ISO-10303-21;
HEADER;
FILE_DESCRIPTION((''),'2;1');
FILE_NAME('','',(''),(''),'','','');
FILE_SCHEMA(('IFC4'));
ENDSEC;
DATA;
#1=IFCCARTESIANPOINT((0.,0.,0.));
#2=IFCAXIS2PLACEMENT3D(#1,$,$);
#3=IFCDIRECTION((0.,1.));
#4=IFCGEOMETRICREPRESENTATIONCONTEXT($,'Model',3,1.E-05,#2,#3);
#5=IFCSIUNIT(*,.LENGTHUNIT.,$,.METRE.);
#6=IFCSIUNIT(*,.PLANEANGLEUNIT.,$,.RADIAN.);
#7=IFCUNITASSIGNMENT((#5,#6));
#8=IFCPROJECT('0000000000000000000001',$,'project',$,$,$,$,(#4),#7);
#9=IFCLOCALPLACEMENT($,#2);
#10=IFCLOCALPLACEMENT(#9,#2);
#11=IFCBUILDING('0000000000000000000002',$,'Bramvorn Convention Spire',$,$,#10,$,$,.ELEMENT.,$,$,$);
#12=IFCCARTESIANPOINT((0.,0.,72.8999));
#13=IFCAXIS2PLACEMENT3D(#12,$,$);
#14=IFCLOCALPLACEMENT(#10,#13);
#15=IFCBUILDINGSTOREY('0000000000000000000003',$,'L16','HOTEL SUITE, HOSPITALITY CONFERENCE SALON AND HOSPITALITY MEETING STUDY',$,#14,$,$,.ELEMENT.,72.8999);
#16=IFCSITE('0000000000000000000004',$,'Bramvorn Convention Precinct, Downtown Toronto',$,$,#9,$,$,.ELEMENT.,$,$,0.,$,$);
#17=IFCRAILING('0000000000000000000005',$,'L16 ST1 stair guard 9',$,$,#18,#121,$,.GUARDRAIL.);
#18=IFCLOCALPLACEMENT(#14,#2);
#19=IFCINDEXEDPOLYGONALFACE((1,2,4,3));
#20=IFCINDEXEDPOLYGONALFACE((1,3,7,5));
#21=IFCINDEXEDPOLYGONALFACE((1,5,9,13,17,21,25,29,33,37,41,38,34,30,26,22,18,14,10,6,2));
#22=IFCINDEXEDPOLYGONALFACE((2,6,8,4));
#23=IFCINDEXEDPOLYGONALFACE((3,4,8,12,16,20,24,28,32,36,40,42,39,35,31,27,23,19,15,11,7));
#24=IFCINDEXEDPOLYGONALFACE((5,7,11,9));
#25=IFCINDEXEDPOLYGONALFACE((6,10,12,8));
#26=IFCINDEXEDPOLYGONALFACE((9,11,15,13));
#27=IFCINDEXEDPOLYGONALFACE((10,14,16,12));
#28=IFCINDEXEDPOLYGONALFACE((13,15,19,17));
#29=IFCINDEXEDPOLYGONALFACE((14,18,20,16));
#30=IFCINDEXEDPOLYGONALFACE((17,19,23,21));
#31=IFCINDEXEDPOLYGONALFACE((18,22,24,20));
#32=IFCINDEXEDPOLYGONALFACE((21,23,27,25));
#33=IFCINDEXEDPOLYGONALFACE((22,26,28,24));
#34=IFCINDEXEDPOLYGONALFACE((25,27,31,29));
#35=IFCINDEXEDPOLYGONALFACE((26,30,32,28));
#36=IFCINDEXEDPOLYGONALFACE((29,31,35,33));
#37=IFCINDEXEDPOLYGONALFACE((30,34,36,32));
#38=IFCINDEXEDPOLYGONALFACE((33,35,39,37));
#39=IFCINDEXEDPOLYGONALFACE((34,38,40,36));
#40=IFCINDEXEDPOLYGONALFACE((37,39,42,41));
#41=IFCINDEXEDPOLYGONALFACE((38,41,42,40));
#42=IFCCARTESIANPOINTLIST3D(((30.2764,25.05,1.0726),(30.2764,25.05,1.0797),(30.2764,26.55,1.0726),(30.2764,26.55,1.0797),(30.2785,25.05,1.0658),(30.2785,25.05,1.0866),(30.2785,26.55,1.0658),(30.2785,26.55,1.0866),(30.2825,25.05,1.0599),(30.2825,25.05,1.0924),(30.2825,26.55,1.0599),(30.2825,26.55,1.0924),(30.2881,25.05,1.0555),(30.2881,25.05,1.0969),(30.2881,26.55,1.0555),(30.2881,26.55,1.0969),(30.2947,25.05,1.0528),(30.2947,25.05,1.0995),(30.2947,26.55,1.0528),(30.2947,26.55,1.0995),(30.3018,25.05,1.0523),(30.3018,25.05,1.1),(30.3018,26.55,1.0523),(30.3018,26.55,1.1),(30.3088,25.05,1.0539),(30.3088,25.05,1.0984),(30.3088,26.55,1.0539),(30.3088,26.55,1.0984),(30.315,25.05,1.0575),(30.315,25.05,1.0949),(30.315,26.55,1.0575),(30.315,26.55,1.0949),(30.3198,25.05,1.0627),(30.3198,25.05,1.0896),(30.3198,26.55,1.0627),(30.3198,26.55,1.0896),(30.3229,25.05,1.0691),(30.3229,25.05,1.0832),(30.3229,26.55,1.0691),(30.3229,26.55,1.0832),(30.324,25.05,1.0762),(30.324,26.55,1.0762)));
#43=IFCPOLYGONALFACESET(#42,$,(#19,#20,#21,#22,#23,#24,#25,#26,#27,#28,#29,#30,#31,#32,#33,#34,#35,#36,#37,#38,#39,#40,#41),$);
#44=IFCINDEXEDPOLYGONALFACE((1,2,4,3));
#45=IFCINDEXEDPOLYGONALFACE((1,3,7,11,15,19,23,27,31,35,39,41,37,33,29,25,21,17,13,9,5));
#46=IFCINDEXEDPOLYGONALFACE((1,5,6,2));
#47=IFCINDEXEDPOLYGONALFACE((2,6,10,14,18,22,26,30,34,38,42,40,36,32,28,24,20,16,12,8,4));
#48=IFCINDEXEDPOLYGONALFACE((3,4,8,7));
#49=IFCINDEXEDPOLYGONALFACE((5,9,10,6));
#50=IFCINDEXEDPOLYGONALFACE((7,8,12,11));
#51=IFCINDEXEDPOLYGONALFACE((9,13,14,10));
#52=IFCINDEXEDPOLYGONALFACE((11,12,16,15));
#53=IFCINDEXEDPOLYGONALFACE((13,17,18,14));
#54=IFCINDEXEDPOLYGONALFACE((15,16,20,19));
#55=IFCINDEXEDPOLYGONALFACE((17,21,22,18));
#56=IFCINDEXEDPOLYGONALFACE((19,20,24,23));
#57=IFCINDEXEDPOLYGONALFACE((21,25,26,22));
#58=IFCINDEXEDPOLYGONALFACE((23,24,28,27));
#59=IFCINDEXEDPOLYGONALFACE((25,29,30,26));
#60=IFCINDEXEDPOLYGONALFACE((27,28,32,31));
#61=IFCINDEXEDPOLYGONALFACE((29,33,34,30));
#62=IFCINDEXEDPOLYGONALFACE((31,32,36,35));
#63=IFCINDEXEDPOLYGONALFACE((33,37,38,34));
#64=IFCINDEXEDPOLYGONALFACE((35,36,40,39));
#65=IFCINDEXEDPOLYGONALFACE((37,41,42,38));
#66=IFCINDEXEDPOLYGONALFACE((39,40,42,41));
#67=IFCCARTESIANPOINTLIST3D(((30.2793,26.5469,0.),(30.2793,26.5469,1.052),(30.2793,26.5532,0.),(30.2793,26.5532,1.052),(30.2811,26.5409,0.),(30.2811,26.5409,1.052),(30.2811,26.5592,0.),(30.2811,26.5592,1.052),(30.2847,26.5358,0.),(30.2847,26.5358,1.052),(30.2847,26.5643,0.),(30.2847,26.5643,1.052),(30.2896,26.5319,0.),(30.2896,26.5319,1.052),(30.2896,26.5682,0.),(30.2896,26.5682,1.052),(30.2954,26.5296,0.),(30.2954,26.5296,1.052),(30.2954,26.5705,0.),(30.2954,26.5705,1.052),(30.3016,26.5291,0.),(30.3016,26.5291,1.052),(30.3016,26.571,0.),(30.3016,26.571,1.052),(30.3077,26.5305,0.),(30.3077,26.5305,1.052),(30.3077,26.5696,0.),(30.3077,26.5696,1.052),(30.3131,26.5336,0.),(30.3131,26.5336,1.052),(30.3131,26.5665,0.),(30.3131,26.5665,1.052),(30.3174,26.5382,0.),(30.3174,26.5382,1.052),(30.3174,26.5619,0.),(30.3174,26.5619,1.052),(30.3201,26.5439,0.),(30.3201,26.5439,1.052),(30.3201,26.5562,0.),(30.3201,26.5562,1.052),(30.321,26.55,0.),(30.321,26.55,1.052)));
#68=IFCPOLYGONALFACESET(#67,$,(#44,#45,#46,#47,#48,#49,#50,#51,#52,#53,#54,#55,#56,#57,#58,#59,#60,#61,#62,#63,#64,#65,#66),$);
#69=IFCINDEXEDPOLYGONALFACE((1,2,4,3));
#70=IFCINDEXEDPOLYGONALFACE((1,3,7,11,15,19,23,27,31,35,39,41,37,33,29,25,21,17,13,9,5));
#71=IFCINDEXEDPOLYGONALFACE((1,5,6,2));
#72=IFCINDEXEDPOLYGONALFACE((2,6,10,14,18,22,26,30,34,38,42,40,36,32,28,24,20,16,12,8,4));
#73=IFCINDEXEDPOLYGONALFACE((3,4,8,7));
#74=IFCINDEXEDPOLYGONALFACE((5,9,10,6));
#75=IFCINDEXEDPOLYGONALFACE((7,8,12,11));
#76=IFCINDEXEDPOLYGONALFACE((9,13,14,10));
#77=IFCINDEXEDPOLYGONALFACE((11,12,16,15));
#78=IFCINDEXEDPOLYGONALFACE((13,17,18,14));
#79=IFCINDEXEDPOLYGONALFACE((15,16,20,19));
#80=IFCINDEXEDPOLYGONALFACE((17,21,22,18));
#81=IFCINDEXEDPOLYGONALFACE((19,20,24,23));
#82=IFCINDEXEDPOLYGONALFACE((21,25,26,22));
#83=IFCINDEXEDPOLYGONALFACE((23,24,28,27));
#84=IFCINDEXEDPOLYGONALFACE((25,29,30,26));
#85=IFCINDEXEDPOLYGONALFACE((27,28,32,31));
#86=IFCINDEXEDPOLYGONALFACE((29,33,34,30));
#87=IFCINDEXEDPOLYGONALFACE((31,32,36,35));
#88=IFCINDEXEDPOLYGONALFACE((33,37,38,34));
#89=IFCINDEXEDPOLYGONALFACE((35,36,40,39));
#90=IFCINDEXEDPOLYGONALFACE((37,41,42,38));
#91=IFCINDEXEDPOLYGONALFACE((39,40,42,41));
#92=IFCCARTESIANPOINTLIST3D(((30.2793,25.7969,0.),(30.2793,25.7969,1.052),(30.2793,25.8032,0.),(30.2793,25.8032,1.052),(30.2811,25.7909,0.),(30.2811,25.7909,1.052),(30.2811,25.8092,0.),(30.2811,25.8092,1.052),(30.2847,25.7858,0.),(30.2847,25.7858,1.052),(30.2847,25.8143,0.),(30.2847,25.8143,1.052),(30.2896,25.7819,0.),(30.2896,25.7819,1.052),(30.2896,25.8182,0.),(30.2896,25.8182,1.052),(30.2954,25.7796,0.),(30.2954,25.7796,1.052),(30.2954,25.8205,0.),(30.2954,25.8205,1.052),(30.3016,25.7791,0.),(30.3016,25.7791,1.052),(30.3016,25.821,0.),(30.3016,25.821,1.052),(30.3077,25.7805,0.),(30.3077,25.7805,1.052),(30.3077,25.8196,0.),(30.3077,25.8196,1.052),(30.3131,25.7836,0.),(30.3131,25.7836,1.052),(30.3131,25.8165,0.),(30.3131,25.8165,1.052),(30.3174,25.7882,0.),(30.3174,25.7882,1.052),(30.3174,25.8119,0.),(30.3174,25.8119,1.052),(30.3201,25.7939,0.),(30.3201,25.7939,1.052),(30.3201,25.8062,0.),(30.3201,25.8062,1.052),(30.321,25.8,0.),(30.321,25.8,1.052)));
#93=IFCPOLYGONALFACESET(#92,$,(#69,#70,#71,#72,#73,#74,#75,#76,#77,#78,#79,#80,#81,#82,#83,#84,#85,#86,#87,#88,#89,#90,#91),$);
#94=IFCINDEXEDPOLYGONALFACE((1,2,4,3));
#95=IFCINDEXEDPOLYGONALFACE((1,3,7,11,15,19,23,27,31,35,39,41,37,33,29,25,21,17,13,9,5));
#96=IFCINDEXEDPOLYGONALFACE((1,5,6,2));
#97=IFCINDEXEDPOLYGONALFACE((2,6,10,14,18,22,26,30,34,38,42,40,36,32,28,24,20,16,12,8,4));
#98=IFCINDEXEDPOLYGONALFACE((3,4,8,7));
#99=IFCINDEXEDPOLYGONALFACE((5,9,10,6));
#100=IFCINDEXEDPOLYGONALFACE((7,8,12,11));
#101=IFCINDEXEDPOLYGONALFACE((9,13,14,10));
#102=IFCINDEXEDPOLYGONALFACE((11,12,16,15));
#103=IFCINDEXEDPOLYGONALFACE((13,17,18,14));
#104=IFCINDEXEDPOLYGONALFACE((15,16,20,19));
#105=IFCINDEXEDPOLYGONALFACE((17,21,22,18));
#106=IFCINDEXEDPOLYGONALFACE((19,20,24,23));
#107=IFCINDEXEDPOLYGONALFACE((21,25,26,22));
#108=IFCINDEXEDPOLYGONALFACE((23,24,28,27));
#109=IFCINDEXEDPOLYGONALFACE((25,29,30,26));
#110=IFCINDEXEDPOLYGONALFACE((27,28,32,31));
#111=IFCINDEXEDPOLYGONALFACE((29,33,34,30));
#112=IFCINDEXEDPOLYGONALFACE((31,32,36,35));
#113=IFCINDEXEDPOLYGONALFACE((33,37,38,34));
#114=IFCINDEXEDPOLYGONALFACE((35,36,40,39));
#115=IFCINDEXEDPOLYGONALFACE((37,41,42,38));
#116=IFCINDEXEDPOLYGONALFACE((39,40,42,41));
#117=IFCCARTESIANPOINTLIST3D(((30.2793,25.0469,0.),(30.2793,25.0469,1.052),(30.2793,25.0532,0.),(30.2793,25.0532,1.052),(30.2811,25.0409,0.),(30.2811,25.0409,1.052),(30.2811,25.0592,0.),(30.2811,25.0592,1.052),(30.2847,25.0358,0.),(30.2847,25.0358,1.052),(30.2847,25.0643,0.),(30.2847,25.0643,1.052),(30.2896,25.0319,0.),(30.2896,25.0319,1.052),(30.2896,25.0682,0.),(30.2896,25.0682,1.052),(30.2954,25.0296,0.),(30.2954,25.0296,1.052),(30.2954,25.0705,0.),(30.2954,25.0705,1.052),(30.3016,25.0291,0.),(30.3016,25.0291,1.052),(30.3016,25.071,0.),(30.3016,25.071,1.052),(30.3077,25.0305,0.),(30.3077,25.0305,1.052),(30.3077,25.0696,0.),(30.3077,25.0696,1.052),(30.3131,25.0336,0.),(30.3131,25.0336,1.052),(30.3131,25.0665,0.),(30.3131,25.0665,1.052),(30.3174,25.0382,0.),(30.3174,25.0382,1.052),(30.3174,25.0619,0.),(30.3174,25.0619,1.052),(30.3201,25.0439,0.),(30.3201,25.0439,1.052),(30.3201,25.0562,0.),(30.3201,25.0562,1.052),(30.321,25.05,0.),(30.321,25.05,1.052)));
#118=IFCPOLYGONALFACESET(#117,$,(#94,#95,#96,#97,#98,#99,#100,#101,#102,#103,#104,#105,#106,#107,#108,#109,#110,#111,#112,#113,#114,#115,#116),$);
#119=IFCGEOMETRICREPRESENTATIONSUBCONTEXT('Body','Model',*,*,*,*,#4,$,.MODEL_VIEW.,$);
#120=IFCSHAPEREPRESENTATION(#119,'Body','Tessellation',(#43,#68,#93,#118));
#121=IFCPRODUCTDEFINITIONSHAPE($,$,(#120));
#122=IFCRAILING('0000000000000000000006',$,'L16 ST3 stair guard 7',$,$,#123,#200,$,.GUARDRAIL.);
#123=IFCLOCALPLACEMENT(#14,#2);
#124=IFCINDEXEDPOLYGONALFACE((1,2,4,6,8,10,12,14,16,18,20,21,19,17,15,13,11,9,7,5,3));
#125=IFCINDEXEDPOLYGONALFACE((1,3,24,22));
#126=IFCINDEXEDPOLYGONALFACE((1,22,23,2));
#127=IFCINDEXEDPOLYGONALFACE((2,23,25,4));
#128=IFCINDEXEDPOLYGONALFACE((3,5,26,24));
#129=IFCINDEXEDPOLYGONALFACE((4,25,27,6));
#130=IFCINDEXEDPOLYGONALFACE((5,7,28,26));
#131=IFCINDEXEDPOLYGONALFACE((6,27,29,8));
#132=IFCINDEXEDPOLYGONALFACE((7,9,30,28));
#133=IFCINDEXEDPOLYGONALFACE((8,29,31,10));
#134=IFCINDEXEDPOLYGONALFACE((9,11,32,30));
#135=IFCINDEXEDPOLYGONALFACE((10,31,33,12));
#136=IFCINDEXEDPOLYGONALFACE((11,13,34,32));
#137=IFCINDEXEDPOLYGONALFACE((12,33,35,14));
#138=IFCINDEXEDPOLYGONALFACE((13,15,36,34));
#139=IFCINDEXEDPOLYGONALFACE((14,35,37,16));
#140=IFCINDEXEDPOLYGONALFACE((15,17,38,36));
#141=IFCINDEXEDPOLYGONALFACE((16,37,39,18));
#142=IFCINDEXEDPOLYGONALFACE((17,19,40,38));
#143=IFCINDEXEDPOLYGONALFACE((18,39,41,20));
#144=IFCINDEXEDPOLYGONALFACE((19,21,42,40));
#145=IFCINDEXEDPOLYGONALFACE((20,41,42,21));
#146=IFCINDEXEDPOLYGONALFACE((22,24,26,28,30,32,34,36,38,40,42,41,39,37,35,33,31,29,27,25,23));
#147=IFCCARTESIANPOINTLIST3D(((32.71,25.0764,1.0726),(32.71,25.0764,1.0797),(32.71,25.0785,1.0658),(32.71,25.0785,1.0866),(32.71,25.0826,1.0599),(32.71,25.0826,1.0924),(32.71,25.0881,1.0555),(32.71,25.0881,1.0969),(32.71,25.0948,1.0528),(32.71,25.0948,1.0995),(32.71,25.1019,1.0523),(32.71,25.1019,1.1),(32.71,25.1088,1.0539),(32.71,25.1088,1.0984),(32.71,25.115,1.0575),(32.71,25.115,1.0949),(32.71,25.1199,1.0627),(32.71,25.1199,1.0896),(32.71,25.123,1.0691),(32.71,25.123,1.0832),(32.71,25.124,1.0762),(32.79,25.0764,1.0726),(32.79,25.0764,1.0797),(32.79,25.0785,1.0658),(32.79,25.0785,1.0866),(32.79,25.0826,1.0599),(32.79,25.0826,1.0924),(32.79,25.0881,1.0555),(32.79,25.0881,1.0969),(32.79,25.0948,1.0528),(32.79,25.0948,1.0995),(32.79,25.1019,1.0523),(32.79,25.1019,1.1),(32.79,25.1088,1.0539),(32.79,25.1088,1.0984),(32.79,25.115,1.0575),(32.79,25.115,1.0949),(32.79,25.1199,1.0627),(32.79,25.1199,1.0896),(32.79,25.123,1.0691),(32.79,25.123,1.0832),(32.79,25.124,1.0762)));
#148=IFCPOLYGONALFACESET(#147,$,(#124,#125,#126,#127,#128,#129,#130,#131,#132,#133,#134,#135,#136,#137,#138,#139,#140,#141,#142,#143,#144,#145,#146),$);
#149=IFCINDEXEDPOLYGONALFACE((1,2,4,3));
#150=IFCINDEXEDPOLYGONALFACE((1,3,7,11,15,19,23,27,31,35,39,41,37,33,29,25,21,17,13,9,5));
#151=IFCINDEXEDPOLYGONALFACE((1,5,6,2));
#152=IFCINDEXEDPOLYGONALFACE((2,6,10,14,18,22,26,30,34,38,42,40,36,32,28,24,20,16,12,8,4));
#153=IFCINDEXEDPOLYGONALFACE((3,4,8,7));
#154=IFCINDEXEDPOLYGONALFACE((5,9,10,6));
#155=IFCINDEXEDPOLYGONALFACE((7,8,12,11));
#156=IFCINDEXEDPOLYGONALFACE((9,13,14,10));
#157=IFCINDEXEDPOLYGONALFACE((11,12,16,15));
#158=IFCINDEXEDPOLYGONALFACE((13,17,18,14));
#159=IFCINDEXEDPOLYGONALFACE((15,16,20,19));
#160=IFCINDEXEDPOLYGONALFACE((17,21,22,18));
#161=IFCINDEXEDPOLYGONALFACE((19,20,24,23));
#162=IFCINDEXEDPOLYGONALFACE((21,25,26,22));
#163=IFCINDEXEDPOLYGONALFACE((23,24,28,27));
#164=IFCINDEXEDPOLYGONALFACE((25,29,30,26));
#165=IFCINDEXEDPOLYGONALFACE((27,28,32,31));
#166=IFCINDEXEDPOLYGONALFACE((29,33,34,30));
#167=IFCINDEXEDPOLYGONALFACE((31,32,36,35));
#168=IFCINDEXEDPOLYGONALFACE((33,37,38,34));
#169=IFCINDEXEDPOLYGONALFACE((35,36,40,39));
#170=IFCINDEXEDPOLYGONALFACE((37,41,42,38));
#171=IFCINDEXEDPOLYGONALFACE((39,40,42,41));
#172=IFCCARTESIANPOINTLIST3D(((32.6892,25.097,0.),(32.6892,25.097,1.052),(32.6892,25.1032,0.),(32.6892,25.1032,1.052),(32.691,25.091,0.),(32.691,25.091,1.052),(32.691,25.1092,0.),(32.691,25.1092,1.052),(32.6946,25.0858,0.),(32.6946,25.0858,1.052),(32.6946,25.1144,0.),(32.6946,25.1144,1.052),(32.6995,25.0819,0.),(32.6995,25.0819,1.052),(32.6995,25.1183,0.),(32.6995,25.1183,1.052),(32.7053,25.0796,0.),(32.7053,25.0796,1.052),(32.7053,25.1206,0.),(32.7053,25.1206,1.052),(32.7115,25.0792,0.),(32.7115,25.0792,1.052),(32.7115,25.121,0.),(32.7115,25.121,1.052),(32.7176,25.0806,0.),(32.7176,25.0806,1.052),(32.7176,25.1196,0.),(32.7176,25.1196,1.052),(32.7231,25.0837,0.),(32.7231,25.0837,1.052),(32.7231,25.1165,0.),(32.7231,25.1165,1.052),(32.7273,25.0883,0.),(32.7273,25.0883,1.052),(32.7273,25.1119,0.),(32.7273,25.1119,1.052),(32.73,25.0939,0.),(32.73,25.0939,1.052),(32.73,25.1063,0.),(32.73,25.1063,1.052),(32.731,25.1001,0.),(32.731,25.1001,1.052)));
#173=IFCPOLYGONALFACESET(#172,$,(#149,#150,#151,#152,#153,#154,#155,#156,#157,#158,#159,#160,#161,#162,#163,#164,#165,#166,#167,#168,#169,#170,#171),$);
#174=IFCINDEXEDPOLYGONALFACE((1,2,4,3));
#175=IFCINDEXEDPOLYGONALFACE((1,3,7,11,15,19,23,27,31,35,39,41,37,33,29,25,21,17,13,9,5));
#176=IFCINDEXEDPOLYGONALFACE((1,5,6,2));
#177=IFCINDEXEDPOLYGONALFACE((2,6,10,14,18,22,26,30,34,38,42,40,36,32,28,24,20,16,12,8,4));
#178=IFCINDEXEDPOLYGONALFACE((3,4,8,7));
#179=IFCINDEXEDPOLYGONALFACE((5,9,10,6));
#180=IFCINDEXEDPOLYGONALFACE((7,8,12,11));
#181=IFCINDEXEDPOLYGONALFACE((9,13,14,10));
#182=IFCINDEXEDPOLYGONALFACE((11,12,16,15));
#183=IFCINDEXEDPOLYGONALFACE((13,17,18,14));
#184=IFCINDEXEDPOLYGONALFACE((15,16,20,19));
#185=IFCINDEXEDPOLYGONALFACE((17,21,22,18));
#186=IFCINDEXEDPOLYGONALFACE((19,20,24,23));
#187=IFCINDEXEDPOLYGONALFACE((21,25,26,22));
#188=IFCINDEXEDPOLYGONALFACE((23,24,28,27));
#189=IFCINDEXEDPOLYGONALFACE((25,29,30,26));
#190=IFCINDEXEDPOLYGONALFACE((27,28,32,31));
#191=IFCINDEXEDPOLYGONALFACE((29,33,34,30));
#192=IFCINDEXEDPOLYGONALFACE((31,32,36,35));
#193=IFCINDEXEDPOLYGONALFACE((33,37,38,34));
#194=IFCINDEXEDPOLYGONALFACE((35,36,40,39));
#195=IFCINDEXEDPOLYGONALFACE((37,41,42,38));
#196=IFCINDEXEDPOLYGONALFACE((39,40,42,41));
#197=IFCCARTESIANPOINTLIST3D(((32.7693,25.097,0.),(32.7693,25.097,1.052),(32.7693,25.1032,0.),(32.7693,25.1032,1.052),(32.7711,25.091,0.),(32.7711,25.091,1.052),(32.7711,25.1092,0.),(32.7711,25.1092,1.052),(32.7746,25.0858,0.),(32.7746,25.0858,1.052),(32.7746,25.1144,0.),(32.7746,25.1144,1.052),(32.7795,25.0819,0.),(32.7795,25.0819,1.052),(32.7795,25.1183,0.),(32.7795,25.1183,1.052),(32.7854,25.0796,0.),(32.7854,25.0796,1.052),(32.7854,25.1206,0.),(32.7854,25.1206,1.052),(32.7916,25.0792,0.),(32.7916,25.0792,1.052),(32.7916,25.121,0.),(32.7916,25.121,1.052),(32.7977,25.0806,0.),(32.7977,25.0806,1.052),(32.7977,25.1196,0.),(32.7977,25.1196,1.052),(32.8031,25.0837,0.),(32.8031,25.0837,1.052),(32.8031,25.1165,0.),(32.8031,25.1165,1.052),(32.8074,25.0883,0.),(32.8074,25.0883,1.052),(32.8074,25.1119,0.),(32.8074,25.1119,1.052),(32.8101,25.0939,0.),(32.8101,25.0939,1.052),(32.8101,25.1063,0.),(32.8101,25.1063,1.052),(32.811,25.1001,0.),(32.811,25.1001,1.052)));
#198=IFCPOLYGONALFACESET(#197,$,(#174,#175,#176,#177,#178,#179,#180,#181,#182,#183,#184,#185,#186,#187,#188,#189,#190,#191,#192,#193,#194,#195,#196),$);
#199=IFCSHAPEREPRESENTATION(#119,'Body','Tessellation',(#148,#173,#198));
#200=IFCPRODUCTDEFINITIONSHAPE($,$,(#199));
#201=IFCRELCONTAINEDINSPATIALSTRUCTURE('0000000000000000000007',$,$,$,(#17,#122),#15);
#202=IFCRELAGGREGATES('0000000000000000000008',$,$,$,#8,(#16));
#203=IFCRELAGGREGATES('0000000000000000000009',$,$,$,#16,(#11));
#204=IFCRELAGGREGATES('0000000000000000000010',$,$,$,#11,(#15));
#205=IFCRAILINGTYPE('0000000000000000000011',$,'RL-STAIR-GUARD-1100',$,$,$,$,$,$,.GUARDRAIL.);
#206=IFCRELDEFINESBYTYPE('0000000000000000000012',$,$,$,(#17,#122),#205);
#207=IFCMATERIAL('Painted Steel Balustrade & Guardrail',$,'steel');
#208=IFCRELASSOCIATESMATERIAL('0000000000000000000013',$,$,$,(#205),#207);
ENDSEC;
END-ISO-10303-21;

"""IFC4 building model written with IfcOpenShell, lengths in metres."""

from ifc_helpers import new_model, si_unit, direction, frame, origin, origin_2d, place, context, subcontext, project, spatial, circle, extrude, material, type_object, element, save


model = new_model("IFC4")

# Units and contexts
model_context = context("Model", 3, precision=1e-05, world=origin(), true_north=direction((0.0, 1.0)))
body_context = subcontext(model_context, "Body", "Model", "MODEL_VIEW")
ifc_project = project(units=[si_unit("LENGTHUNIT", "METRE"), si_unit("PLANEANGLEUNIT", "RADIAN")], contexts=[model_context])

# Site, building, storey
site_placement = place(None, origin())
site = spatial("IfcSite", under=ifc_project, at=site_placement, Name="Bramvorn Convention Precinct, Downtown Toronto", CompositionType="ELEMENT", RefElevation=0.0)
building_placement = place(site_placement, origin())
building = spatial("IfcBuilding", under=site, at=building_placement, Name="Bramvorn Convention Spire", CompositionType="ELEMENT")
storey_placement = place(building_placement, frame((0.0, 0.0, 72.8999)))
storey = spatial("IfcBuildingStorey", under=building, at=storey_placement, Name="L16", Description="HOTEL SUITE, HOSPITALITY CONFERENCE SALON AND HOSPITALITY MEETING STUDY", CompositionType="ELEMENT", Elevation=72.8999)

# Railings
ifc_material_1 = material(Name="Painted Steel Balustrade & Guardrail", Category="steel")
railing_type = type_object("IfcRailingType", Name="RL-STAIR-GUARD-1100", PredefinedType="GUARDRAIL", material=ifc_material_1)
for number, where, name in (
    (1, (30.3, 26.55, 0.0), "L16 ST1 stair guard 9"),
):
    element("IfcRailing", number, at=place(storey_placement, frame(where)), inside=storey, type_object=railing_type, Name=name, PredefinedType="GUARDRAIL", context=body_context, shape_type="SweptSolid", body=[
        extrude(circle(Radius=0.0239, at=origin_2d()), frame((0.0, 0.0, 1.0762), z_axis=(0.0, -1.0, 0.0), x_axis=(1.0, 0.0, 0.0)), (0.0, 0.0, 1.0), 1.5),
        extrude(circle(Radius=0.021, at=origin_2d()), origin(), (0.0, 0.0, 1.0), 1.052),
        extrude(circle(Radius=0.021, at=origin_2d()), frame((0.0, -0.75, 0.0)), (0.0, 0.0, 1.0), 1.052),
        extrude(circle(Radius=0.021, at=origin_2d()), frame((0.0, -1.5, 0.0)), (0.0, 0.0, 1.0), 1.052),
    ])
railing_1_placement = place(storey_placement, frame((32.71, 25.1001, 0.0)))
element("IfcRailing", 2, at=railing_1_placement, inside=storey, type_object=railing_type, Name="L16 ST3 stair guard 7", PredefinedType="GUARDRAIL", context=body_context, shape_type="SweptSolid", body=[
    extrude(circle(Radius=0.0239, at=origin_2d()), frame((0.0, 0.0, 1.0762), z_axis=(1.0, 0.0, 0.0), x_axis=(0.0, 1.0, 0.0)), (0.0, 0.0, 1.0), 0.0801),
    extrude(circle(Radius=0.021, at=origin_2d()), origin(), (0.0, 0.0, 1.0), 1.052),
    extrude(circle(Radius=0.021, at=origin_2d()), frame((0.0801, 0.0, 0.0)), (0.0, 0.0, 1.0), 1.052),
])

save(model, "model.ifc")
